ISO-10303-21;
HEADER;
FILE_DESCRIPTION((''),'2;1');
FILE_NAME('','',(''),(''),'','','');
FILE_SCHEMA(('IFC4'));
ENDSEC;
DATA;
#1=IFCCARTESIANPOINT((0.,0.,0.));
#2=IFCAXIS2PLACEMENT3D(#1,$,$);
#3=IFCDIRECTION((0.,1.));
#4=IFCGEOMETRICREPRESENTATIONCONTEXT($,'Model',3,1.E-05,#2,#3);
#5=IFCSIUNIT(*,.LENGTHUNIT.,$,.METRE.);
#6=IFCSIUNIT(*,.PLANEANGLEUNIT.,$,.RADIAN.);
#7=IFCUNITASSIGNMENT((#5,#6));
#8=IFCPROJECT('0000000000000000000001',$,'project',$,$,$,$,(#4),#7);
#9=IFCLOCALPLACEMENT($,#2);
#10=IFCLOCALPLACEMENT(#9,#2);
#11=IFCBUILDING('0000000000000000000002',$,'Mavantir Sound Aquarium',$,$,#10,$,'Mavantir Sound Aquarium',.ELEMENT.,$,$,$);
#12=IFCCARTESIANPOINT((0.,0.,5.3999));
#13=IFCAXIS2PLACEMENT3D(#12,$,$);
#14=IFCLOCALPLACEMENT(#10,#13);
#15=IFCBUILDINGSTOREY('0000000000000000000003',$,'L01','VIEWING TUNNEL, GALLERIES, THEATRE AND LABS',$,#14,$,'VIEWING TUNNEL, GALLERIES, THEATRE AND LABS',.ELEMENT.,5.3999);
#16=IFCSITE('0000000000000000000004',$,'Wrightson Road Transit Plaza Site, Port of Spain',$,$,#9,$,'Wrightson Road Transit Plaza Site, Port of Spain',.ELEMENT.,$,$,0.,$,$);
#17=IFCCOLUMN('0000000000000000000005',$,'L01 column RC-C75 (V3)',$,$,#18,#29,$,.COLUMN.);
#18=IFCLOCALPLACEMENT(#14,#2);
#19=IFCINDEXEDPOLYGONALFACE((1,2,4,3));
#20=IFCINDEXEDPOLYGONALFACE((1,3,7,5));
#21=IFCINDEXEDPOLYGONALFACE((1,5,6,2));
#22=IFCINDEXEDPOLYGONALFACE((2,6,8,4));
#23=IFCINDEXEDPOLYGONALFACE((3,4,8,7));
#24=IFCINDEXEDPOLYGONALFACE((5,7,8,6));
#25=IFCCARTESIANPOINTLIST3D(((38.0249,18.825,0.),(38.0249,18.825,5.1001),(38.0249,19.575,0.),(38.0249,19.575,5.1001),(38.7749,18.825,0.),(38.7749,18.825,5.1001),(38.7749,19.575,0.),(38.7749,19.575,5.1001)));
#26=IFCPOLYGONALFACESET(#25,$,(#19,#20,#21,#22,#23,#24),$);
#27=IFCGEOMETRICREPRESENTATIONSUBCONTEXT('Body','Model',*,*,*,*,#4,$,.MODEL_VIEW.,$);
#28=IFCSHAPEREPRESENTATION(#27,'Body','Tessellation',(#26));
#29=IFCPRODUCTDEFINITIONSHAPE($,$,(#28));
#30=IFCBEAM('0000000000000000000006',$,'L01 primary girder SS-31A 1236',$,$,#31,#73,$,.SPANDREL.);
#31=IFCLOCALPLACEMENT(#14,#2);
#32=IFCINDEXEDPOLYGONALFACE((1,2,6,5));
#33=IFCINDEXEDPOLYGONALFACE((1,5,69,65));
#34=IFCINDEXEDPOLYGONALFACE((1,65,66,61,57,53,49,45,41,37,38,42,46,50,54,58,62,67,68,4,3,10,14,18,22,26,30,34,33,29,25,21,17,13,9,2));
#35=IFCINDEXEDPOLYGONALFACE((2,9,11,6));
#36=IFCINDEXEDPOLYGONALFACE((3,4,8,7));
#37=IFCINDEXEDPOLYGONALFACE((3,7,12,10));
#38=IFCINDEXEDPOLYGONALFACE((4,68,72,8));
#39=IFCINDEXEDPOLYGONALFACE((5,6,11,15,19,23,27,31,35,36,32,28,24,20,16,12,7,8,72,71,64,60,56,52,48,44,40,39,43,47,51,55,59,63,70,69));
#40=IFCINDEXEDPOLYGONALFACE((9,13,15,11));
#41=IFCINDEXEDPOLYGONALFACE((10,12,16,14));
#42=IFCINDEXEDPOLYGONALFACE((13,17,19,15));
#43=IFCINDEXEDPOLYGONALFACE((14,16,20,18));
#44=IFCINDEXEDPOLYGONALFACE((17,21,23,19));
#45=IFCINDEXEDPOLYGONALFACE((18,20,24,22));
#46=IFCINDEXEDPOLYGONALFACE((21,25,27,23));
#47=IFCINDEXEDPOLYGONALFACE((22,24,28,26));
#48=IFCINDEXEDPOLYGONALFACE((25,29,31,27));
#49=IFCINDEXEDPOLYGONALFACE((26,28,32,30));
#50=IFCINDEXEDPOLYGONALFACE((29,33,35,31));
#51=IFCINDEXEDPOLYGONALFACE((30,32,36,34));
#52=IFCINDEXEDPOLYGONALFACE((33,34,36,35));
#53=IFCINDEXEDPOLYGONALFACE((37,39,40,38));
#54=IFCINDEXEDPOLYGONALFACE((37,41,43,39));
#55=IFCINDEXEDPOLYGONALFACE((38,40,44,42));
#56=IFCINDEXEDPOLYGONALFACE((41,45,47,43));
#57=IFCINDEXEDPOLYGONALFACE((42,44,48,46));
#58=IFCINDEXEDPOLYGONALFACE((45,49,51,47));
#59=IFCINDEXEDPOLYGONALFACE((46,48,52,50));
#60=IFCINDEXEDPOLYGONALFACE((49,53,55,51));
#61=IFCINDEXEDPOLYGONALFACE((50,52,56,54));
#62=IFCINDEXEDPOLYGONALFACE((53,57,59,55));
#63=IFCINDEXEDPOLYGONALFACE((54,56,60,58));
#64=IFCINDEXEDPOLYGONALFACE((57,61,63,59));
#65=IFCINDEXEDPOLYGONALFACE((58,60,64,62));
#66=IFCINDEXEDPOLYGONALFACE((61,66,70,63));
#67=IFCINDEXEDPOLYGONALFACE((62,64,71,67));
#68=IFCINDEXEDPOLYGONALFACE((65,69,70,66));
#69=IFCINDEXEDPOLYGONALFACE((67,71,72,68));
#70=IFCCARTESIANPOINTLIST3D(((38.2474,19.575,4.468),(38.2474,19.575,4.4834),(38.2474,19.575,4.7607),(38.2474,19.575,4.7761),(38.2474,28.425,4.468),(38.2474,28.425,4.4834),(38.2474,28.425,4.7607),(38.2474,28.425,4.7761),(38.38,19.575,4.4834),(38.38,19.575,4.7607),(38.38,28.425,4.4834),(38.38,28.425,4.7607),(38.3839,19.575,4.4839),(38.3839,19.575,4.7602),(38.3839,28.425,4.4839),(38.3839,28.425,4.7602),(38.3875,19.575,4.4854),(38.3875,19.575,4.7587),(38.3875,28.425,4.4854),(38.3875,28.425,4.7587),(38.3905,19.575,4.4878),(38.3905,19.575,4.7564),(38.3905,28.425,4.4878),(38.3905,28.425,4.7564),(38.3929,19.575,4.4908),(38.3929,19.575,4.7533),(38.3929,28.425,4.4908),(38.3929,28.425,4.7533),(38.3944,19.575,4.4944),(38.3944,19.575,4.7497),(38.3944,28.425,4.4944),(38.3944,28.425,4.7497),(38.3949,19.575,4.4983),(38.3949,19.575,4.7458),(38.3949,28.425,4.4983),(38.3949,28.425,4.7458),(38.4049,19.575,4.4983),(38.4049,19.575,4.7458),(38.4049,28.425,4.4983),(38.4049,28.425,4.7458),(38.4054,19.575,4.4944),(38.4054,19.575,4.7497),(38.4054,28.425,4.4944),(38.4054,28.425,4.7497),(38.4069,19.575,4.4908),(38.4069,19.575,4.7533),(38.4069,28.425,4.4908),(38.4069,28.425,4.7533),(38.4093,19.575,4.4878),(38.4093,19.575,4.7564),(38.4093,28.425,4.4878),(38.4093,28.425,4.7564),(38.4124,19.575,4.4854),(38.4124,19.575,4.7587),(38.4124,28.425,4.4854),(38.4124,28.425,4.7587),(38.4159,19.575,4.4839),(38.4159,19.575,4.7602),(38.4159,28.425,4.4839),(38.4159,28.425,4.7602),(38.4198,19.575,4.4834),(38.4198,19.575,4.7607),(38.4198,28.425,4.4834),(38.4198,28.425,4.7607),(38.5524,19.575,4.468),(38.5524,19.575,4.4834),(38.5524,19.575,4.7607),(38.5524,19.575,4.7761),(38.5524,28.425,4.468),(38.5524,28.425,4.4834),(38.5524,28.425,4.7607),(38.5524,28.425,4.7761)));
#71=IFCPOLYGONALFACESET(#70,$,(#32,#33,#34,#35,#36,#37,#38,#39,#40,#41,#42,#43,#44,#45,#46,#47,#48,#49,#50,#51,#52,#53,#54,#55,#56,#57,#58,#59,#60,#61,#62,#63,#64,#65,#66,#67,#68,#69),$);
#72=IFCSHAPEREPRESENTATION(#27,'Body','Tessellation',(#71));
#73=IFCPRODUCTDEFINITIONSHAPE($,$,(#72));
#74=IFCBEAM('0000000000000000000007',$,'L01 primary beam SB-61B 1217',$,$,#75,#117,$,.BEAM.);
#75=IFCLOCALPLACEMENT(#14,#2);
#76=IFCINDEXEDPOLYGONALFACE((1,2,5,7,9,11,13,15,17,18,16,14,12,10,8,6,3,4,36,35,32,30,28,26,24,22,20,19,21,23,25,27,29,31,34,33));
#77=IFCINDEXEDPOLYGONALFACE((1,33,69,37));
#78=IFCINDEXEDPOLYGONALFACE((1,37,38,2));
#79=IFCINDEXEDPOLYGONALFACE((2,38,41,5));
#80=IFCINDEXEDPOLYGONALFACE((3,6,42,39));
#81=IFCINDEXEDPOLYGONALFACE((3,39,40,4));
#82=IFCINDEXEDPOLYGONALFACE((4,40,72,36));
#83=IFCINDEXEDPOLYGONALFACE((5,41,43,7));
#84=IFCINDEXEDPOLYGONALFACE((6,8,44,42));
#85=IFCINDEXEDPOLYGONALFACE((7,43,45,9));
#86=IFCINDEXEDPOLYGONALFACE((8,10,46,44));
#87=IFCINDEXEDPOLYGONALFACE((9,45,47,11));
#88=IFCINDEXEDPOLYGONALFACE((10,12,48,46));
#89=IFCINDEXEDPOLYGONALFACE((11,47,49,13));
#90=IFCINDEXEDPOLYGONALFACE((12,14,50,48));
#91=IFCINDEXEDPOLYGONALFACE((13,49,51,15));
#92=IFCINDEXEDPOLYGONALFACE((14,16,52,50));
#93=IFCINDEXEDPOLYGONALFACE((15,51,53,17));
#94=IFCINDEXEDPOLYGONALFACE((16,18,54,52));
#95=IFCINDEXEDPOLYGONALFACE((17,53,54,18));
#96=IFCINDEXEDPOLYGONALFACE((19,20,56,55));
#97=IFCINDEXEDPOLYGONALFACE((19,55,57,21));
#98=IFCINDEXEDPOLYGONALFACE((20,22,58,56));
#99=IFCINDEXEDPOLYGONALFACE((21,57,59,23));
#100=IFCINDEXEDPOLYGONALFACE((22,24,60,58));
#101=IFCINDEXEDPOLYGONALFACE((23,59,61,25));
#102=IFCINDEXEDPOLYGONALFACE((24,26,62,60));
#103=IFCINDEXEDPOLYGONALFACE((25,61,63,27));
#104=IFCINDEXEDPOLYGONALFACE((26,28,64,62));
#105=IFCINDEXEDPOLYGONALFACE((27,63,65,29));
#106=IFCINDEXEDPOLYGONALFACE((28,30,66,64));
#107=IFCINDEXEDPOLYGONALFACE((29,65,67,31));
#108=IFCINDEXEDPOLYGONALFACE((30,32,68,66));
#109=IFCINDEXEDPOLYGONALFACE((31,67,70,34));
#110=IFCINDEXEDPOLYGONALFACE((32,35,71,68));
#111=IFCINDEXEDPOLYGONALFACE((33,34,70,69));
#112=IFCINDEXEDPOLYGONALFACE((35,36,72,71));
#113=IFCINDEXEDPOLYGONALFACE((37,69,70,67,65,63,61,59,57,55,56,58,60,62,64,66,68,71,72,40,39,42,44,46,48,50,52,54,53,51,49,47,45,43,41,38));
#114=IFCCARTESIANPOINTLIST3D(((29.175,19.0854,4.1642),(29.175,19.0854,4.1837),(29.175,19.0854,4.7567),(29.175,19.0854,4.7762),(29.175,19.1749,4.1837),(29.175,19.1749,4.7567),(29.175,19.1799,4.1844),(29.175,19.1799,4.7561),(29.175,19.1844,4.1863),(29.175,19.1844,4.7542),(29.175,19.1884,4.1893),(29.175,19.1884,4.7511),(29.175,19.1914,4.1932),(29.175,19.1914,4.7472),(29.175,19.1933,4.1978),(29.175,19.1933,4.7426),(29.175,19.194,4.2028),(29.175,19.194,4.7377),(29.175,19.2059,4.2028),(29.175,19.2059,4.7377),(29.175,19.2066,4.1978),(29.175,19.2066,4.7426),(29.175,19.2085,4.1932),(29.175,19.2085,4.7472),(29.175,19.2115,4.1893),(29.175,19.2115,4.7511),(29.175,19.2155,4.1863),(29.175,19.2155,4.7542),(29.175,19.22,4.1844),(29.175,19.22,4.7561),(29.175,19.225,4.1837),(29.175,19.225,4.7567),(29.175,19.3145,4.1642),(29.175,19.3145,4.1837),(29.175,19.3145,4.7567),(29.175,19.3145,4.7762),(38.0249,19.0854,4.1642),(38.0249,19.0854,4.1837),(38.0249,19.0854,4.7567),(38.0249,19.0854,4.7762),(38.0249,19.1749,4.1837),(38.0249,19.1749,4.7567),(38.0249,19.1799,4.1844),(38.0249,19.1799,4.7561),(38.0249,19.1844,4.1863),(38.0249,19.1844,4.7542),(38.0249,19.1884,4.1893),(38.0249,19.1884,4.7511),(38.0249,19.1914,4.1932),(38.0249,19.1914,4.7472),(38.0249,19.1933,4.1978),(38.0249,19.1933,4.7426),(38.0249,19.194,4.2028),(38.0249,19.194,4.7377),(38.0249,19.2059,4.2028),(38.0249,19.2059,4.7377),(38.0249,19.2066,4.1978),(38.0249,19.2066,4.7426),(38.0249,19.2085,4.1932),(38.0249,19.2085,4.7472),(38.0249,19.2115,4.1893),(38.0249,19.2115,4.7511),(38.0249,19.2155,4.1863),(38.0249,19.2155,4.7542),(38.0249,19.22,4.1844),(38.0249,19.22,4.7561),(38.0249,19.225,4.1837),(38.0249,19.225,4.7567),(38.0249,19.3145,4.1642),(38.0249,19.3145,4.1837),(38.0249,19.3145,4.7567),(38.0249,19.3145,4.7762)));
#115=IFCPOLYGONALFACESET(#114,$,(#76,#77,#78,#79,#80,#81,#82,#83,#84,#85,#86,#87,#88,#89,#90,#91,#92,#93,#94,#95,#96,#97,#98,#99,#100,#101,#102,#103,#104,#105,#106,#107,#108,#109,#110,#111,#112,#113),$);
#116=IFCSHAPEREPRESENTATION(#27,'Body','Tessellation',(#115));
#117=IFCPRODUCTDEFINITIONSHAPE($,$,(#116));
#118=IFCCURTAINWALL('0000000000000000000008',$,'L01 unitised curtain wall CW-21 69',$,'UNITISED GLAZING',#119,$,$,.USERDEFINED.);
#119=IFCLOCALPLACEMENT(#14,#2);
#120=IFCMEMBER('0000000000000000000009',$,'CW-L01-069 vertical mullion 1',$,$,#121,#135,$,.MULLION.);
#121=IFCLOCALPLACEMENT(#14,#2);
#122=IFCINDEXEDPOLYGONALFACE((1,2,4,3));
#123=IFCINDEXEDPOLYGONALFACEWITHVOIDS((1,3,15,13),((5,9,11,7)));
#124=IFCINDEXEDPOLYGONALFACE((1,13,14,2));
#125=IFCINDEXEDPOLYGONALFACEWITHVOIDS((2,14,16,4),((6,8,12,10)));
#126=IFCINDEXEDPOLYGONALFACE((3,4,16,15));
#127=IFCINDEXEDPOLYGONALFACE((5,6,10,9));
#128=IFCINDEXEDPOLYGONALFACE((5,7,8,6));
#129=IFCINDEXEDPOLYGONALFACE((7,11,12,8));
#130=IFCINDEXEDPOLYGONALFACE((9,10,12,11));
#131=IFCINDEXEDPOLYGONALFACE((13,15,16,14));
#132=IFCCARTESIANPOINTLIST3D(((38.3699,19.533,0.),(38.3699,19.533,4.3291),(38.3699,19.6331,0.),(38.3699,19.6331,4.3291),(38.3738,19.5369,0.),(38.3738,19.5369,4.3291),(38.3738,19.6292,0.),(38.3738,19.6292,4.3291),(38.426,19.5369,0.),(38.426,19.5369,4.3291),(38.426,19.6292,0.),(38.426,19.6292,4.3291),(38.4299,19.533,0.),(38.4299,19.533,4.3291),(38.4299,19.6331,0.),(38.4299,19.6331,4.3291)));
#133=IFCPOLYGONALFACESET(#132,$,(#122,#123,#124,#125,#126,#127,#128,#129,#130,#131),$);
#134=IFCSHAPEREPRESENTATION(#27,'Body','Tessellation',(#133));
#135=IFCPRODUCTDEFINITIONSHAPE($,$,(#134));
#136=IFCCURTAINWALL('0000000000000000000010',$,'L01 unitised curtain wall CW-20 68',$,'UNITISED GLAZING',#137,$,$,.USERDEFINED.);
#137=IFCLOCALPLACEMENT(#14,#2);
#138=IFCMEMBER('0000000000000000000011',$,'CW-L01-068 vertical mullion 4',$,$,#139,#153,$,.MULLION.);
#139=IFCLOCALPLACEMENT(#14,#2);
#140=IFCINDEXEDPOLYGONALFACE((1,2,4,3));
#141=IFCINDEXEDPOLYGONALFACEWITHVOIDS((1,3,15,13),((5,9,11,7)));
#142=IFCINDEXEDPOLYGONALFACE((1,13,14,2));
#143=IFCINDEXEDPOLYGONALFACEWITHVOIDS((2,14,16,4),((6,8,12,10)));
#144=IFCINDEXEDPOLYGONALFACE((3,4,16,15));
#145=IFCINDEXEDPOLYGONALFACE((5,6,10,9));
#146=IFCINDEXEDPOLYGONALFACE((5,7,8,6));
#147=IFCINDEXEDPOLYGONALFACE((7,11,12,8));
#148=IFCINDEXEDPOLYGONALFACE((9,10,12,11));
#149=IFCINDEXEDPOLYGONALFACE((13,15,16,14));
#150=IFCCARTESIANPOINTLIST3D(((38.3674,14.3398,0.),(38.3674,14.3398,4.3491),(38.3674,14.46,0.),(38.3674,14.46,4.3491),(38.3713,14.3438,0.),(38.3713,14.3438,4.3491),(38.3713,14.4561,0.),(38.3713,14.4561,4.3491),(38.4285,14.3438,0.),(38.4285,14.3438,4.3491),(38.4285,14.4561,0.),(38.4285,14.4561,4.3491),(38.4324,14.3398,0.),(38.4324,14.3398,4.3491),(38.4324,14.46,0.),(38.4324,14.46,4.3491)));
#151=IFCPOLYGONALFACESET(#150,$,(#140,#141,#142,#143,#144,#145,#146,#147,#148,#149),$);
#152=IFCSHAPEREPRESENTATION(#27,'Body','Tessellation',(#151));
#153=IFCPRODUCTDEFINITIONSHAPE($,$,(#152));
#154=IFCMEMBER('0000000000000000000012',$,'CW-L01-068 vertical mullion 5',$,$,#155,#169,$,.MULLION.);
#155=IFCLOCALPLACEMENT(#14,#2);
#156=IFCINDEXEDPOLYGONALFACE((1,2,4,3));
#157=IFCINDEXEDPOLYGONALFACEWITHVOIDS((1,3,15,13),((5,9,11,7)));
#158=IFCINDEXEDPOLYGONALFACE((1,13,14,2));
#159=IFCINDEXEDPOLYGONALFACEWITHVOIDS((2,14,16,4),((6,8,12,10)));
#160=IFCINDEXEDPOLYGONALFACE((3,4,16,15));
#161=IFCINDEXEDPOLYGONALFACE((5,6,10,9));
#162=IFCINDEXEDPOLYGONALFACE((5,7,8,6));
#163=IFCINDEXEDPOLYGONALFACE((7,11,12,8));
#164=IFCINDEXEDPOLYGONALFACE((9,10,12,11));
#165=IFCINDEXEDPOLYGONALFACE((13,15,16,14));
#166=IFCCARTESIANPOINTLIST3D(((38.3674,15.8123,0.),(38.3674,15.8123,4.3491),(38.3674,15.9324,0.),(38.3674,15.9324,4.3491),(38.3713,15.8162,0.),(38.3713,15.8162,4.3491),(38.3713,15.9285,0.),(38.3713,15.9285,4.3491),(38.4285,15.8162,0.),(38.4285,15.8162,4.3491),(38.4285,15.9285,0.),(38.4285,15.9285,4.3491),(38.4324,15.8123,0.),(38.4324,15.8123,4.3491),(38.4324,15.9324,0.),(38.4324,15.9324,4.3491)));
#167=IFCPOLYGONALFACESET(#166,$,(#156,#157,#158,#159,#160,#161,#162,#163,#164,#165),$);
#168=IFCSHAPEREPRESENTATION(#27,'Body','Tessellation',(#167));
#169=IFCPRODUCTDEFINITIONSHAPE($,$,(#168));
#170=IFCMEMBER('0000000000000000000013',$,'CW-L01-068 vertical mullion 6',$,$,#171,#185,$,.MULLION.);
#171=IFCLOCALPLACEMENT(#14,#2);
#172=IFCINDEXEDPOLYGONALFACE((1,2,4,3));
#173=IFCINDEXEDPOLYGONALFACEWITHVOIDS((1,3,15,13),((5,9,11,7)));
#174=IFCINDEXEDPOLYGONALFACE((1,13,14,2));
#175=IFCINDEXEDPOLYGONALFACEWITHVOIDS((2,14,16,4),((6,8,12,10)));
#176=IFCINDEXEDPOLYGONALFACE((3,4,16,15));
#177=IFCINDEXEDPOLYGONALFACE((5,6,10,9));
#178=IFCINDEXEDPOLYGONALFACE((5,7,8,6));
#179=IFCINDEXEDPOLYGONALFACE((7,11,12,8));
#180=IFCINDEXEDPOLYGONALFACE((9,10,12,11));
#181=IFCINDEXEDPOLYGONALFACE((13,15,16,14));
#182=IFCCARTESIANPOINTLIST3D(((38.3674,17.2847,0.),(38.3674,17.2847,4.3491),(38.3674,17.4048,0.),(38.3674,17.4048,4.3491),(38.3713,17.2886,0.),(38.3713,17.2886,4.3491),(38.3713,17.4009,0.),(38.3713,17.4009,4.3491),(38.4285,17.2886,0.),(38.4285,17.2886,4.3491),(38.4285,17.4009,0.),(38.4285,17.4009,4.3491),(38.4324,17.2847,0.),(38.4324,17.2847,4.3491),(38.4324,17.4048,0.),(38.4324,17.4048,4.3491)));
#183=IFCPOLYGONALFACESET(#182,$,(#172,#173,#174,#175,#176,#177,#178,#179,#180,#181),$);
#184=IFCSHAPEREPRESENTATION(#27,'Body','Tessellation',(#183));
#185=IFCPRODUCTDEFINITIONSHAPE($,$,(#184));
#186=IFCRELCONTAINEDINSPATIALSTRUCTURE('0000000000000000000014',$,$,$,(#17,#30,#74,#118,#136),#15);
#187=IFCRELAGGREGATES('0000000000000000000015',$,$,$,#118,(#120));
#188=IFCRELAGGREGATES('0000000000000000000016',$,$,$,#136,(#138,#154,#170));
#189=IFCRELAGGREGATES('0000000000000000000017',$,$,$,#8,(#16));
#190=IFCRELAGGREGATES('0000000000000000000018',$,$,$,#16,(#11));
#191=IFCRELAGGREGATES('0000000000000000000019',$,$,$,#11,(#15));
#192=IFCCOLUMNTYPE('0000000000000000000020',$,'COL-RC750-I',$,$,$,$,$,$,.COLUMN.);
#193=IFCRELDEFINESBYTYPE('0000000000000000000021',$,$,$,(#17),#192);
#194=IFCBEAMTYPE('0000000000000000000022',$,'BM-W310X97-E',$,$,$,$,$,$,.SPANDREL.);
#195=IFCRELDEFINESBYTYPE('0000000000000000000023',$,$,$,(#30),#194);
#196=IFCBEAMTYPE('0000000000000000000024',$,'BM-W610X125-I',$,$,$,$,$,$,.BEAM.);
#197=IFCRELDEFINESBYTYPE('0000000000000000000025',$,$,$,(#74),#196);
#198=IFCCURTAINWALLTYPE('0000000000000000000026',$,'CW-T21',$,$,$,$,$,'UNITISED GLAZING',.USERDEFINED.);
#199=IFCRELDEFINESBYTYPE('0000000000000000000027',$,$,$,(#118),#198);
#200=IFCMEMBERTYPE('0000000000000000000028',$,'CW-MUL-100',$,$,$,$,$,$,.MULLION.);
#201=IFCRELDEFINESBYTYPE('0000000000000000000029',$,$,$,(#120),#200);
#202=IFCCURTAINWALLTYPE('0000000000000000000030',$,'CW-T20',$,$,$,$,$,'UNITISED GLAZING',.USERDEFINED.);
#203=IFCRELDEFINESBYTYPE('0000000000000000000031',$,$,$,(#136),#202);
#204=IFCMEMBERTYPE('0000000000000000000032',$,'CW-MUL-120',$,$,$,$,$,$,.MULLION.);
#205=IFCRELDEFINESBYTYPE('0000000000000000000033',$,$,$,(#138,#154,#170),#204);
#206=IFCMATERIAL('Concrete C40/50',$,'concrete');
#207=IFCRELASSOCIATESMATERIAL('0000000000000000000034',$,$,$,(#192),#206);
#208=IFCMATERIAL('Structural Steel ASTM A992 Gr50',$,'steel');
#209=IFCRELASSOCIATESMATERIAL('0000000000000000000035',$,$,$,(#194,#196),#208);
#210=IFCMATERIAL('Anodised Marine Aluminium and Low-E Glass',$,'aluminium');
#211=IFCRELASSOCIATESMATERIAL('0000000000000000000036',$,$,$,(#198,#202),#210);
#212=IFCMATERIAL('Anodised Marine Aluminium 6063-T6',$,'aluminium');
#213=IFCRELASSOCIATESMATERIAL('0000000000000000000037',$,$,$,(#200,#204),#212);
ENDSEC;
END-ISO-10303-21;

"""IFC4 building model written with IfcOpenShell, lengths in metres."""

from ifc_helpers import new_model, si_unit, direction, frame, origin, origin_2d, place, context, subcontext, project, spatial, rectangle, hollow_rectangle, i_section, extrude, material, material_profile, profile_set, type_object, element, aggregate, save


model = new_model("IFC4")

# Units and contexts
model_context = context("Model", 3, precision=1e-05, world=origin(), true_north=direction((0.0, 1.0)))
body_context = subcontext(model_context, "Body", "Model", "MODEL_VIEW")
ifc_project = project(units=[si_unit("LENGTHUNIT", "METRE"), si_unit("PLANEANGLEUNIT", "RADIAN")], contexts=[model_context])

# Site, building, storey
site_placement = place(None, origin())
site = spatial("IfcSite", under=ifc_project, at=site_placement, Name="Wrightson Road Transit Plaza Site, Port of Spain", LongName="Wrightson Road Transit Plaza Site, Port of Spain", CompositionType="ELEMENT", RefElevation=0.0)
building_placement = place(site_placement, origin())
building = spatial("IfcBuilding", under=site, at=building_placement, Name="Mavantir Sound Aquarium", LongName="Mavantir Sound Aquarium", CompositionType="ELEMENT")
storey_placement = place(building_placement, frame((0.0, 0.0, 5.3999)))
storey = spatial("IfcBuildingStorey", under=building, at=storey_placement, Name="L01", Description="VIEWING TUNNEL, GALLERIES, THEATRE AND LABS", LongName="VIEWING TUNNEL, GALLERIES, THEATRE AND LABS", CompositionType="ELEMENT", Elevation=5.3999)

# Column
ifc_material_1 = material(Name="Concrete C40/50", Category="concrete")
ifc_material_profile_1 = material_profile(ifc_material_1, rectangle(XDim=0.75, YDim=0.75, at=origin_2d()), Name="RC 750X750")
ifc_profile_set_1 = profile_set([ifc_material_profile_1], Name="Concrete C40/50")
column_type = type_object("IfcColumnType", Name="COL-RC750-I", PredefinedType="COLUMN", material=ifc_profile_set_1)
column_placement = place(storey_placement, frame((38.3999, 19.2, 0.0), z_axis=(0.0, 0.0, 1.0), x_axis=(1.0, 0.0, 0.0)))
element("IfcColumn", 1, at=column_placement, inside=storey, type_object=column_type, Name="L01 column RC-C75 (V3)", PredefinedType="COLUMN", context=body_context, shape_type="SweptSolid", body=[
    extrude(rectangle(XDim=0.75, YDim=0.75, at=origin_2d()), origin(), (0.0, 0.0, 1.0), 5.1001),
])

# Beams
ifc_material_2 = material(Name="Structural Steel ASTM A992 Gr50", Category="steel")
ifc_material_profile_2 = material_profile(ifc_material_2, i_section(OverallWidth=0.3049, OverallDepth=0.3081, WebThickness=0.01, FlangeThickness=0.0154, FilletRadius=0.0149, at=origin_2d()), Name="W310X97")
ifc_profile_set_2 = profile_set([ifc_material_profile_2], Name="Structural Steel ASTM A992 Gr50")
beam_type_1 = type_object("IfcBeamType", Name="BM-W310X97-E", PredefinedType="SPANDREL", material=ifc_profile_set_2)
beam_1_placement = place(storey_placement, frame((38.3999, 19.575, 4.6221), z_axis=(0.0, 1.0, 0.0), x_axis=(-1.0, 0.0, 0.0)))
element("IfcBeam", 2, at=beam_1_placement, inside=storey, type_object=beam_type_1, Name="L01 primary girder SS-31A 1236", PredefinedType="SPANDREL", context=body_context, shape_type="SweptSolid", body=[
    extrude(i_section(OverallWidth=0.3049, OverallDepth=0.3081, WebThickness=0.01, FlangeThickness=0.0154, FilletRadius=0.0149, at=origin_2d()), origin(), (0.0, 0.0, 1.0), 8.8501),
])
ifc_material_profile_3 = material_profile(ifc_material_2, i_section(OverallWidth=0.229, OverallDepth=0.6121, WebThickness=0.012, FlangeThickness=0.0195, FilletRadius=0.019, at=origin_2d()), Name="W610X125")
ifc_profile_set_3 = profile_set([ifc_material_profile_3], Name="Structural Steel ASTM A992 Gr50")
beam_type_2 = type_object("IfcBeamType", Name="BM-W610X125-I", PredefinedType="BEAM", material=ifc_profile_set_3)
beam_2_placement = place(storey_placement, frame((29.175, 19.2, 4.4702), z_axis=(1.0, 0.0, 0.0), x_axis=(0.0, 1.0, 0.0)))
element("IfcBeam", 3, at=beam_2_placement, inside=storey, type_object=beam_type_2, Name="L01 primary beam SB-61B 1217", PredefinedType="BEAM", context=body_context, shape_type="SweptSolid", body=[
    extrude(i_section(OverallWidth=0.229, OverallDepth=0.6121, WebThickness=0.012, FlangeThickness=0.0195, FilletRadius=0.019, at=origin_2d()), origin(), (0.0, 0.0, 1.0), 8.8499),
])

# Curtain wall, member
ifc_material_3 = material(Name="Anodised Marine Aluminium and Low-E Glass", Category="aluminium")
curtain_wall_type_1 = type_object("IfcCurtainWallType", Name="CW-T21", ElementType="UNITISED GLAZING", PredefinedType="USERDEFINED", material=ifc_material_3)
curtain_wall_1_placement = place(storey_placement, origin())
curtain_wall_1 = element("IfcCurtainWall", 4, at=curtain_wall_1_placement, inside=storey, type_object=curtain_wall_type_1, Name="L01 unitised curtain wall CW-21 69", ObjectType="UNITISED GLAZING", PredefinedType="USERDEFINED")
ifc_material_4 = material(Name="Anodised Marine Aluminium 6063-T6", Category="aluminium")
ifc_material_profile_4 = material_profile(ifc_material_4, hollow_rectangle(XDim=0.0601, YDim=0.1001, WallThickness=0.0039, at=origin_2d()), Name="ALU-MULLION-100X60")
ifc_profile_set_4 = profile_set([ifc_material_profile_4], Name="Anodised Marine Aluminium 6063-T6")
member_type_1 = type_object("IfcMemberType", Name="CW-MUL-100", PredefinedType="MULLION", material=ifc_profile_set_4)
member_1_placement = place(storey_placement, frame((38.3999, 19.583, 0.0), z_axis=(0.0, 0.0, 1.0), x_axis=(1.0, 0.0, 0.0)))
member_1 = element("IfcMember", 5, at=member_1_placement, type_object=member_type_1, Name="CW-L01-069 vertical mullion 1", PredefinedType="MULLION", context=body_context, shape_type="SweptSolid", body=[
    extrude(hollow_rectangle(XDim=0.0601, YDim=0.1001, WallThickness=0.0039, at=origin_2d()), origin(), (0.0, 0.0, 1.0), 4.3291),
])

# Curtain wall, members
curtain_wall_type_2 = type_object("IfcCurtainWallType", Name="CW-T20", ElementType="UNITISED GLAZING", PredefinedType="USERDEFINED", material=ifc_material_3)
curtain_wall_2_placement = place(storey_placement, origin())
curtain_wall_2 = element("IfcCurtainWall", 6, at=curtain_wall_2_placement, inside=storey, type_object=curtain_wall_type_2, Name="L01 unitised curtain wall CW-20 68", ObjectType="UNITISED GLAZING", PredefinedType="USERDEFINED")
ifc_material_profile_5 = material_profile(ifc_material_4, hollow_rectangle(XDim=0.0649, YDim=0.1201, WallThickness=0.0039, at=origin_2d()), Name="ALU-MULLION-120X65")
ifc_profile_set_5 = profile_set([ifc_material_profile_5], Name="Anodised Marine Aluminium 6063-T6")
member_type_2 = type_object("IfcMemberType", Name="CW-MUL-120", PredefinedType="MULLION", material=ifc_profile_set_5)
member_2_placement = place(storey_placement, frame((38.3999, 14.3999, 0.0), z_axis=(0.0, 0.0, 1.0), x_axis=(1.0, 0.0, 0.0)))
member_2 = element("IfcMember", 7, at=member_2_placement, type_object=member_type_2, Name="CW-L01-068 vertical mullion 4", PredefinedType="MULLION", context=body_context, shape_type="SweptSolid", body=[
    extrude(hollow_rectangle(XDim=0.0649, YDim=0.1201, WallThickness=0.0039, at=origin_2d()), origin(), (0.0, 0.0, 1.0), 4.3491),
])
member_3_placement = place(storey_placement, frame((38.3999, 15.8723, 0.0), z_axis=(0.0, 0.0, 1.0), x_axis=(1.0, 0.0, 0.0)))
member_3 = element("IfcMember", 8, at=member_3_placement, type_object=member_type_2, Name="CW-L01-068 vertical mullion 5", PredefinedType="MULLION", context=body_context, shape_type="SweptSolid", body=[
    extrude(hollow_rectangle(XDim=0.0649, YDim=0.1201, WallThickness=0.0039, at=origin_2d()), origin(), (0.0, 0.0, 1.0), 4.3491),
])
member_4_placement = place(storey_placement, frame((38.3999, 17.3447, 0.0), z_axis=(0.0, 0.0, 1.0), x_axis=(1.0, 0.0, 0.0)))
member_4 = element("IfcMember", 9, at=member_4_placement, type_object=member_type_2, Name="CW-L01-068 vertical mullion 6", PredefinedType="MULLION", context=body_context, shape_type="SweptSolid", body=[
    extrude(hollow_rectangle(XDim=0.0649, YDim=0.1201, WallThickness=0.0039, at=origin_2d()), origin(), (0.0, 0.0, 1.0), 4.3491),
])

aggregate(curtain_wall_1, [member_1])

aggregate(curtain_wall_2, [member_2, member_3, member_4])

save(model, "model.ifc")
